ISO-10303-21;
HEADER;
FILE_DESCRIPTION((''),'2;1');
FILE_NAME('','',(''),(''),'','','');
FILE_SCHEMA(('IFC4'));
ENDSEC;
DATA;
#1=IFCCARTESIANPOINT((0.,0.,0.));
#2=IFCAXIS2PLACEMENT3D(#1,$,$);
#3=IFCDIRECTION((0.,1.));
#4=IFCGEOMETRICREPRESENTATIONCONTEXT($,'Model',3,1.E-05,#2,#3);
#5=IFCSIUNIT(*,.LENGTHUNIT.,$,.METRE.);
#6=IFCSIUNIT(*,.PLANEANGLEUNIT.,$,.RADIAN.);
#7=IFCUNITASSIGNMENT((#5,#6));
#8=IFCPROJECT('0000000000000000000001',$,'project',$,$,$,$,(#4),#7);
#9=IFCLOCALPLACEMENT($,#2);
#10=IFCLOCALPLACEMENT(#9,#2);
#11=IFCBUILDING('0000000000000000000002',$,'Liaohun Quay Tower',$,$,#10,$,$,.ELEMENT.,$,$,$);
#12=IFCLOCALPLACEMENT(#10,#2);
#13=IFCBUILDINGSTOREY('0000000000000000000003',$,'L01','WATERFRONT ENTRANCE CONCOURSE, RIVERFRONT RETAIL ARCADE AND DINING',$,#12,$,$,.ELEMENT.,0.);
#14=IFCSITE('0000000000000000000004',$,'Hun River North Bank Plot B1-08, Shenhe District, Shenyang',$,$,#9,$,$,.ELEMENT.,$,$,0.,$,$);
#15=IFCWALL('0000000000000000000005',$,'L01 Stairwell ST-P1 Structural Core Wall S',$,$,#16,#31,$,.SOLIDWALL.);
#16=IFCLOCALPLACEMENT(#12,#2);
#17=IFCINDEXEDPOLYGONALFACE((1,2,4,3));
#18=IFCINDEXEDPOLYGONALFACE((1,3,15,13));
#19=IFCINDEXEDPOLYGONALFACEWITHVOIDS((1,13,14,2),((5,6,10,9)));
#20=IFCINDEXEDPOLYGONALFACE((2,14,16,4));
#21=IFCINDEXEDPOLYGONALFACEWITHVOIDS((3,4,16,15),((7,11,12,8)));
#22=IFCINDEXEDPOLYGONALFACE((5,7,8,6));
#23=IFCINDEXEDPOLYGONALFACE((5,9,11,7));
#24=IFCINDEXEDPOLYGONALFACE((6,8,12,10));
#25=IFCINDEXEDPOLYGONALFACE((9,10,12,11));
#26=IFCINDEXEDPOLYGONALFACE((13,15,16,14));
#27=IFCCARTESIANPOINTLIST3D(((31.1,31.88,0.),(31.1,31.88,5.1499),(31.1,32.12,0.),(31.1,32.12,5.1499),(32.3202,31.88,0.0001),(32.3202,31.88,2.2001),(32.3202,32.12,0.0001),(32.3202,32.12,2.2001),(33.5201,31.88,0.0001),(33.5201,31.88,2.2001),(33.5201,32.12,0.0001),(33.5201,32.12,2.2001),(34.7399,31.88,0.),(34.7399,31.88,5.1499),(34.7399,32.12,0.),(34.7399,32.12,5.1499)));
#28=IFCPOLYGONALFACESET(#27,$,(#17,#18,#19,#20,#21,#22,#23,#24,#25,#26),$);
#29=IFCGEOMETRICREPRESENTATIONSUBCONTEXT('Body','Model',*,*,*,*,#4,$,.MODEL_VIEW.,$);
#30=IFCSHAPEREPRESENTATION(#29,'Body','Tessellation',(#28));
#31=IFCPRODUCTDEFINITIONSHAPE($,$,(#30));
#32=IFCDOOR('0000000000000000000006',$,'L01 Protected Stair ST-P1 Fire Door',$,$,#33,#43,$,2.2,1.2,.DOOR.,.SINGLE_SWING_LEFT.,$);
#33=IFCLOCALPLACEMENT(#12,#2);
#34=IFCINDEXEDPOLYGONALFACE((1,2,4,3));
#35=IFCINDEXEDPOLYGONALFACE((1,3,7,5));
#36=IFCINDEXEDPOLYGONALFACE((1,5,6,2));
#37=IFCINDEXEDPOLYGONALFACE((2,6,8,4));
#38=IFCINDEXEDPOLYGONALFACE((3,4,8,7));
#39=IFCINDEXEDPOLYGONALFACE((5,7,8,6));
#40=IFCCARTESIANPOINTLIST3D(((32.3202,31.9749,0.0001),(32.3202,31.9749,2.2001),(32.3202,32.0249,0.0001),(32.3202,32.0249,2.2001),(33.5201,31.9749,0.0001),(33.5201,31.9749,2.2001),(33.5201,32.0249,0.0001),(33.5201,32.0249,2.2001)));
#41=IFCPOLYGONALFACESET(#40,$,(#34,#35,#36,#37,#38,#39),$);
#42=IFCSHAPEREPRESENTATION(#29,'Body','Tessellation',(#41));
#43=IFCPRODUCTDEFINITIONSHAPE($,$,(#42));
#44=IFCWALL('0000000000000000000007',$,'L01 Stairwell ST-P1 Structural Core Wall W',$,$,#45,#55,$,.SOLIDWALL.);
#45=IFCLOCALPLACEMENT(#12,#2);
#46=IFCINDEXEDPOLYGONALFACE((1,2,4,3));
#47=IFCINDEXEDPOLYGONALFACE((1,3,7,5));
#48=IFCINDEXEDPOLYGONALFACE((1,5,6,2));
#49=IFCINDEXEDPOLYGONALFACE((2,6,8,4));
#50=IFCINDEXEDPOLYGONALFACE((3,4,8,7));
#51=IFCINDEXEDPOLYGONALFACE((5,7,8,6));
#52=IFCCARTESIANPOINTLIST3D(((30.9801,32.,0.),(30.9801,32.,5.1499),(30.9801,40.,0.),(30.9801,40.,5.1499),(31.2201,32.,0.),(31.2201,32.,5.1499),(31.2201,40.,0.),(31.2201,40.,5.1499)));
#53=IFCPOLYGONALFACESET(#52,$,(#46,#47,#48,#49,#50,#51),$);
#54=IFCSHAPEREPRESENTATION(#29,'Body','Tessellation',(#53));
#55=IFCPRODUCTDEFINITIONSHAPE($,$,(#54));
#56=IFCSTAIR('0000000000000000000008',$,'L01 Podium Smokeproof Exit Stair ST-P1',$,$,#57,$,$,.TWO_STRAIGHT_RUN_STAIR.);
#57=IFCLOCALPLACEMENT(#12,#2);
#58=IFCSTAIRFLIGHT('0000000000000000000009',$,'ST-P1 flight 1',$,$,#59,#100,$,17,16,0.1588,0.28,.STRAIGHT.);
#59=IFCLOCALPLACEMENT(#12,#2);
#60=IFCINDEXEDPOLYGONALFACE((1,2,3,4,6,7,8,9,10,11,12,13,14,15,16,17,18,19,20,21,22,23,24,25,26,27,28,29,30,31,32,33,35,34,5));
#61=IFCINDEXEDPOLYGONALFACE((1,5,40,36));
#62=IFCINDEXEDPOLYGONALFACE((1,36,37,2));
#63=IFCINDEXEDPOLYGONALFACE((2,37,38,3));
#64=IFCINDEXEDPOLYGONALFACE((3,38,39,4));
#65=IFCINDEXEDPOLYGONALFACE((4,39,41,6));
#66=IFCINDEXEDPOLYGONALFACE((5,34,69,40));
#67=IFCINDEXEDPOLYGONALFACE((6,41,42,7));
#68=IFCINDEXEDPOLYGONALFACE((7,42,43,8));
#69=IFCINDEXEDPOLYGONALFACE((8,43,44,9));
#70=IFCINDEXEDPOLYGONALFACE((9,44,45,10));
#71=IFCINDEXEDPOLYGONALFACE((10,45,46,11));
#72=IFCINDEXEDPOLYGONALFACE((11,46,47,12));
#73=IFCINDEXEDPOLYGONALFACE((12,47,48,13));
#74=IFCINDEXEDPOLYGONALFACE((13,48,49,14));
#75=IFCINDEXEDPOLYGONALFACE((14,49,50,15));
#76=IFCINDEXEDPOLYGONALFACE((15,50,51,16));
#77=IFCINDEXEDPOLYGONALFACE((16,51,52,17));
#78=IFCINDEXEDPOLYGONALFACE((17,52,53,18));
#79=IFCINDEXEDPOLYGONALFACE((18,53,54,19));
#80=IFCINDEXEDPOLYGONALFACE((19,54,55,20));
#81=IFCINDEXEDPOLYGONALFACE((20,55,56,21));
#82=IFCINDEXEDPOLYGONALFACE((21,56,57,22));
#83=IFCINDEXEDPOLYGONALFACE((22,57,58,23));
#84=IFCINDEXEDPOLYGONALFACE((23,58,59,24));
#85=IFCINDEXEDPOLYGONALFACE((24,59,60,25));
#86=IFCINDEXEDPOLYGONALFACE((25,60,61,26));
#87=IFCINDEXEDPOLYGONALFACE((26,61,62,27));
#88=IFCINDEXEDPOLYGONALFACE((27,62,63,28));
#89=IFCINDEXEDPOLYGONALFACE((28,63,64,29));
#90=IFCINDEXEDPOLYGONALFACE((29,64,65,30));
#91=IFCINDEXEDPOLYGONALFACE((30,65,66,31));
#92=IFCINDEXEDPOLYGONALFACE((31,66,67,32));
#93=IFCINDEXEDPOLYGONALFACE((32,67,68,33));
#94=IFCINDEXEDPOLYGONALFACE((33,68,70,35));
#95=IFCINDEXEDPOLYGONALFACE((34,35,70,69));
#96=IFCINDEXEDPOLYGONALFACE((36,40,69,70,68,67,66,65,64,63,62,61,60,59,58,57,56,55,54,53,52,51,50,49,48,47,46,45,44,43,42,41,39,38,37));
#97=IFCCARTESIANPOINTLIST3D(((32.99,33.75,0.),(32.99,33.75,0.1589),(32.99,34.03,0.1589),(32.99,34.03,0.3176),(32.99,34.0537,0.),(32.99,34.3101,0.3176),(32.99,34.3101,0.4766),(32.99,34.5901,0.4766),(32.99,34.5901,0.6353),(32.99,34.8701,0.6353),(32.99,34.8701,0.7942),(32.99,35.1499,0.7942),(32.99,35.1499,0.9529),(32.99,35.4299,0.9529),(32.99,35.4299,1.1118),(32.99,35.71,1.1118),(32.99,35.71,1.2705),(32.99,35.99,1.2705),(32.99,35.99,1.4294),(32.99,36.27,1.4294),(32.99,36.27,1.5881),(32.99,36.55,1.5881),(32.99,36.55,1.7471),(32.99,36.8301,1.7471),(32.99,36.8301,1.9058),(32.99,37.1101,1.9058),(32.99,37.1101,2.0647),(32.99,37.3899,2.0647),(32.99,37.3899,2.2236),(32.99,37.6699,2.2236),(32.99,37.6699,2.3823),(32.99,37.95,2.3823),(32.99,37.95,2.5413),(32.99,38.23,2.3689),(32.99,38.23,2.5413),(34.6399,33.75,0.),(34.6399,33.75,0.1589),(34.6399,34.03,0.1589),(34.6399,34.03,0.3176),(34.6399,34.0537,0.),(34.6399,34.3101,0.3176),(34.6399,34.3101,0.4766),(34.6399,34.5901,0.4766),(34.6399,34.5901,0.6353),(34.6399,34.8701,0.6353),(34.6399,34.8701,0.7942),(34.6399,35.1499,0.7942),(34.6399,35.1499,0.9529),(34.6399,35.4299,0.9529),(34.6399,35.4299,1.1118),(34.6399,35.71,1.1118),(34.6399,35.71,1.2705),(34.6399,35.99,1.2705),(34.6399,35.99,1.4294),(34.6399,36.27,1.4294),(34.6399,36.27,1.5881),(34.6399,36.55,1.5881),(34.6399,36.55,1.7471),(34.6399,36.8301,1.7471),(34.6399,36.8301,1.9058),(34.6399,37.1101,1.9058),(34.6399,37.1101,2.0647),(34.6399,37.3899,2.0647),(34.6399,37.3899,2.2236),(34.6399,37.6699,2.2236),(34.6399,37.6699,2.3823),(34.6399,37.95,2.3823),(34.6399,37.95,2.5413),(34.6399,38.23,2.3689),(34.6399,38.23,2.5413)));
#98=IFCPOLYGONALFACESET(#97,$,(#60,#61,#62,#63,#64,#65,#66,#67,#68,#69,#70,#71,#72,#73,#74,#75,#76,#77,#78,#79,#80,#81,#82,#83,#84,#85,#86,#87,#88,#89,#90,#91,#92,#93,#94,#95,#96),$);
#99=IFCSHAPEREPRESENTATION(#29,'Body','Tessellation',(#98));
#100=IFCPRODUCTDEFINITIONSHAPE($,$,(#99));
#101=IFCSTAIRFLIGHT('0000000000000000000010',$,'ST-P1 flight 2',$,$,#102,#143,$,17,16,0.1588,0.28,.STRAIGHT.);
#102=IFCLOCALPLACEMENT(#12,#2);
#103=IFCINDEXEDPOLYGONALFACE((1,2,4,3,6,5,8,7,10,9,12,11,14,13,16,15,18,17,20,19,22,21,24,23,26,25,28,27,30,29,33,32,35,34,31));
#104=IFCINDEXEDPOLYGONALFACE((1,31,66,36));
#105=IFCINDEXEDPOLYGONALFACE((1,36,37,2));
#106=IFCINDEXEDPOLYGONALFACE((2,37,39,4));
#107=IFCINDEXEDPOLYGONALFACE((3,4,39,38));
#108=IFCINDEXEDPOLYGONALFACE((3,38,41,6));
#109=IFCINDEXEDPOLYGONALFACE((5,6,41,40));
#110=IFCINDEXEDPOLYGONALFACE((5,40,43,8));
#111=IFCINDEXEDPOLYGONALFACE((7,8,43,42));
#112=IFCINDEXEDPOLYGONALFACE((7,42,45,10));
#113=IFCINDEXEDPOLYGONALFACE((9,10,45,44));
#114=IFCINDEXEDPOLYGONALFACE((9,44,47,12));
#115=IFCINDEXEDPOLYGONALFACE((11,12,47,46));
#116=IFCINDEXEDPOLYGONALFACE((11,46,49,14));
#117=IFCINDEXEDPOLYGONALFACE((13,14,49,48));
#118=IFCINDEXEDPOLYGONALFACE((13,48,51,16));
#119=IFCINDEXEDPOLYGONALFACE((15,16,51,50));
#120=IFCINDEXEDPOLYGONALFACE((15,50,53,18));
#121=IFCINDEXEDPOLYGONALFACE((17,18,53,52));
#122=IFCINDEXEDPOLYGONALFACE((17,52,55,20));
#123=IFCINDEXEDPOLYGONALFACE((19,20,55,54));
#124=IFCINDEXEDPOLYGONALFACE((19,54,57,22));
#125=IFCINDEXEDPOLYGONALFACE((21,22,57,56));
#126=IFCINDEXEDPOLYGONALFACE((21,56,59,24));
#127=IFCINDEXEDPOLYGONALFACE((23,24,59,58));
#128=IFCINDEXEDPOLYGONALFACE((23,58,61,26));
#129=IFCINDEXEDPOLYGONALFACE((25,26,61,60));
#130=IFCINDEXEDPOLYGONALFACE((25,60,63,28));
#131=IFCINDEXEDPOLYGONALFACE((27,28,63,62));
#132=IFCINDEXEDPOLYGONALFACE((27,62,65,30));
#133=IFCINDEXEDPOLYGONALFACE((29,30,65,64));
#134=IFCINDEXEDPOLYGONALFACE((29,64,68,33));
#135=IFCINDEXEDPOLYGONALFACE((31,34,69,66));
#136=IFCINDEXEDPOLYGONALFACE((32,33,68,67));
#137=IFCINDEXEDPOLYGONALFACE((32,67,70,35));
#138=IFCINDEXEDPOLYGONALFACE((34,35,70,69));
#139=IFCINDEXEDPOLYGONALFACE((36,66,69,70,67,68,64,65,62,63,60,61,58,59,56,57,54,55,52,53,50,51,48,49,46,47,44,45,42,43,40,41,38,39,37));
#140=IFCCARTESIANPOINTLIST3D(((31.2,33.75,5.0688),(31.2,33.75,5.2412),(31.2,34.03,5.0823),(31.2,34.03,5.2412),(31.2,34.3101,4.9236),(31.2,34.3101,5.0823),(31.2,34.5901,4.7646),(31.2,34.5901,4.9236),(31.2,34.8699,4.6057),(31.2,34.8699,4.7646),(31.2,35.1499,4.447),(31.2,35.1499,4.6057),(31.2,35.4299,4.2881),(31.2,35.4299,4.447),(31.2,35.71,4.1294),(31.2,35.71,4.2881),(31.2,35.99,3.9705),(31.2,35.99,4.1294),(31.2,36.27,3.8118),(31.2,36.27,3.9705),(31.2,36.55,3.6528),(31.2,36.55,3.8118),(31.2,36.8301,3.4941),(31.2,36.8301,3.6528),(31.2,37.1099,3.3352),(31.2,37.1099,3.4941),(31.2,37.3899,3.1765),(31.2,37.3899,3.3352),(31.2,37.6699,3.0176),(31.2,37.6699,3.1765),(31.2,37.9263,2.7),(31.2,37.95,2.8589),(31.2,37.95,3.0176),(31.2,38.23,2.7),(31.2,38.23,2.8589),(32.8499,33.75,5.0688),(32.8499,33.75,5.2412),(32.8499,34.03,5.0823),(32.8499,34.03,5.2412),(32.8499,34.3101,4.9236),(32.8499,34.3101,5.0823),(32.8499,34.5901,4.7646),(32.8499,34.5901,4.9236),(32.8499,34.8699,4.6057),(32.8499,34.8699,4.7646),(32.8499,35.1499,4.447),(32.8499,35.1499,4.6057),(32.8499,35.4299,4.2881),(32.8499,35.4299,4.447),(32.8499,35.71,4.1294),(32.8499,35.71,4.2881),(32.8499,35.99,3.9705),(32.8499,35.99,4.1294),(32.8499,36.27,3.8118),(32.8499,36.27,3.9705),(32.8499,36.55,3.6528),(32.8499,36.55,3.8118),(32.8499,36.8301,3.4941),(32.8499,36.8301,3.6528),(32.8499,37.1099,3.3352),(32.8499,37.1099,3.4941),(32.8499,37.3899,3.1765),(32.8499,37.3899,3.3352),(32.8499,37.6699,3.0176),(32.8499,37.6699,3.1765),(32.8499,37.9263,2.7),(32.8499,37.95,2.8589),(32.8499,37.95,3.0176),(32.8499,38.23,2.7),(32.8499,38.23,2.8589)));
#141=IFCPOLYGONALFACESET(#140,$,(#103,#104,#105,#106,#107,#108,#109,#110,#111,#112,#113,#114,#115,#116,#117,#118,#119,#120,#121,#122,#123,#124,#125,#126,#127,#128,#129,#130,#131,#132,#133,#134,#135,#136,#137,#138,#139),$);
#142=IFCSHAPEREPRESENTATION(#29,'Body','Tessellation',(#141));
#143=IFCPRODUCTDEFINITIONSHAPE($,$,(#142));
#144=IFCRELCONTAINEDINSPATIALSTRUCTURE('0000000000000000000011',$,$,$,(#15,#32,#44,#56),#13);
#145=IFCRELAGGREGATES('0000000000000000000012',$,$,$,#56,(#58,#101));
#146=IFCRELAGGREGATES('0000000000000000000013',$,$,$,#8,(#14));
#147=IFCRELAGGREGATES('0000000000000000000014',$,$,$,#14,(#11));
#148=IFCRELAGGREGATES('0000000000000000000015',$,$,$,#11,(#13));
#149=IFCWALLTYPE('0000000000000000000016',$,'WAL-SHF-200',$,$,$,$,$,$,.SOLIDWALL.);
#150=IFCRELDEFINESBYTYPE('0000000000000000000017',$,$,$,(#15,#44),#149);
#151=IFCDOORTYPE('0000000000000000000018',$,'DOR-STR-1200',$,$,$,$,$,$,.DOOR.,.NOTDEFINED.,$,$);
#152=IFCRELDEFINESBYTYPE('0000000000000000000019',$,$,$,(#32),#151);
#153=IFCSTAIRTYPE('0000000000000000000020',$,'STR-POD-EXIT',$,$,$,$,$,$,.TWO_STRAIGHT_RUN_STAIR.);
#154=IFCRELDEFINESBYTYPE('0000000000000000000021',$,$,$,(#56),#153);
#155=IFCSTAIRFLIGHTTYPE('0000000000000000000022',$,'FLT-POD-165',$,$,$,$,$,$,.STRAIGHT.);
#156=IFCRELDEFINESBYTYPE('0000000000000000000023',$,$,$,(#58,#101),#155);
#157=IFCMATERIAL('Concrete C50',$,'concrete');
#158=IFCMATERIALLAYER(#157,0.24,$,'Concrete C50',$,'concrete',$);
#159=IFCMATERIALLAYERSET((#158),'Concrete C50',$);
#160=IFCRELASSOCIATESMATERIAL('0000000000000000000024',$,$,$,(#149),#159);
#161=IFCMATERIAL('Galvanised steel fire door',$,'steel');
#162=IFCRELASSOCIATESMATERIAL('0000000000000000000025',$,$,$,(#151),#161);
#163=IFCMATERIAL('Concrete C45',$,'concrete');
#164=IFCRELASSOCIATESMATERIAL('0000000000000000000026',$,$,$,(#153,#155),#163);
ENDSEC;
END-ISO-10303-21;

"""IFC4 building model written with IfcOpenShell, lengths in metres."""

from ifc_helpers import new_model, si_unit, direction, frame, frame_2d, origin, place, context, subcontext, project, spatial, polyline, rectangle, outline, extrude, source, transform, mapped, material, layer, layer_set, type_object, element, fill, aggregate, save


model = new_model("IFC4")

# Units and contexts
model_context = context("Model", 3, precision=1e-05, world=origin(), true_north=direction((0.0, 1.0)))
body_context = subcontext(model_context, "Body", "Model", "MODEL_VIEW")
ifc_project = project(units=[si_unit("LENGTHUNIT", "METRE"), si_unit("PLANEANGLEUNIT", "RADIAN")], contexts=[model_context])

# Site, building, storey
site_placement = place(None, origin())
site = spatial("IfcSite", under=ifc_project, at=site_placement, Name="Hun River North Bank Plot B1-08, Shenhe District, Shenyang", CompositionType="ELEMENT", RefElevation=0.0)
building_placement = place(site_placement, origin())
building = spatial("IfcBuilding", under=site, at=building_placement, Name="Liaohun Quay Tower", CompositionType="ELEMENT")
storey_placement = place(building_placement, origin())
storey = spatial("IfcBuildingStorey", under=building, at=storey_placement, Name="L01", Description="WATERFRONT ENTRANCE CONCOURSE, RIVERFRONT RETAIL ARCADE AND DINING", CompositionType="ELEMENT", Elevation=0.0)

# Wall, opening, door
ifc_material_1 = material(Name="Concrete C50", Category="concrete")
ifc_layer_1 = layer(ifc_material_1, 0.24, Name="Concrete C50", Category="concrete")
ifc_layer_set_1 = layer_set([ifc_layer_1], Name="Concrete C50")
wall_type_1 = type_object("IfcWallType", Name="WAL-SHF-200", PredefinedType="SOLIDWALL", material=ifc_layer_set_1)
wall_1_placement = place(storey_placement, frame((31.1001, 32.0, 0.0), z_axis=(0.0, 0.0, 1.0), x_axis=(1.0, 0.0, 0.0)))
wall_1 = element("IfcWall", 1, at=wall_1_placement, inside=storey, type_object=wall_type_1, Name="L01 Stairwell ST-P1 Structural Core Wall S", PredefinedType="SOLIDWALL", context=body_context, shape_type="SweptSolid", body=[
    extrude(rectangle(XDim=3.6399, YDim=0.24, at=frame_2d((1.8198, 0.0))), origin(), (0.0, 0.0, 1.0), 5.1499),
])
shared_shape_1 = source(origin(), body_context, "Body", "SweptSolid", [
    extrude(rectangle(XDim=1.2, YDim=2.2, at=frame_2d((0.6001, 1.1001))), frame((0.0, 0.1299, 0.0), z_axis=(0.0, -1.0, 0.0), x_axis=(1.0, 0.0, 0.0)), (0.0, 0.0, 1.0), 0.26),
])
opening_placement = place(wall_1_placement, frame((1.22, 0.0, 0.0)))
opening = element("IfcOpeningElement", 2, at=opening_placement, cuts=wall_1, PredefinedType="OPENING", context=body_context, shape_type="MappedRepresentation", body=[
    mapped(shared_shape_1, transform((0.0, 0.0, 0.0), x_axis=(1.0, 0.0, 0.0), y_axis=(0.0, 1.0, 0.0), z_axis=(0.0, 0.0, 1.0), scale=1.0)),
])
ifc_material_2 = material(Name="Galvanised steel fire door", Category="steel")
door_type = type_object("IfcDoorType", Name="DOR-STR-1200", OperationType="NOTDEFINED", PredefinedType="DOOR", material=ifc_material_2)
shared_shape_2 = source(origin(), body_context, "Body", "SweptSolid", [
    extrude(rectangle(XDim=1.2, YDim=2.2, at=frame_2d((0.6001, 1.1001))), frame((0.0, 0.0249, 0.0), z_axis=(0.0, -1.0, 0.0), x_axis=(1.0, 0.0, 0.0)), (0.0, 0.0, 1.0), 0.05),
])
door_placement = place(opening_placement, origin())
door = element("IfcDoor", 3, at=door_placement, inside=storey, type_object=door_type, Name="L01 Protected Stair ST-P1 Fire Door", OperationType="SINGLE_SWING_LEFT", OverallHeight=2.2, OverallWidth=1.2, PredefinedType="DOOR", context=body_context, shape_type="MappedRepresentation", body=[
    mapped(shared_shape_2, transform((0.0, 0.0, 0.0), x_axis=(1.0, 0.0, 0.0), y_axis=(0.0, 1.0, 0.0), z_axis=(0.0, 0.0, 1.0), scale=1.0)),
])
fill(opening, door)

# Wall
wall_2_placement = place(storey_placement, frame((31.1001, 40.0, 0.0), z_axis=(0.0, 0.0, 1.0), x_axis=(0.0, -1.0, 0.0)))
element("IfcWall", 4, at=wall_2_placement, inside=storey, type_object=wall_type_1, Name="L01 Stairwell ST-P1 Structural Core Wall W", PredefinedType="SOLIDWALL", context=body_context, shape_type="SweptSolid", body=[
    extrude(rectangle(XDim=8.0, YDim=0.24, at=frame_2d((4.0, 0.0))), origin(), (0.0, 0.0, 1.0), 5.1499),
])

# Stair, stair flights
ifc_material_3 = material(Name="Concrete C45", Category="concrete")
stair_type = type_object("IfcStairType", Name="STR-POD-EXIT", PredefinedType="TWO_STRAIGHT_RUN_STAIR", material=ifc_material_3)
stair_placement = place(storey_placement, origin())
stair = element("IfcStair", 5, at=stair_placement, inside=storey, type_object=stair_type, Name="L01 Podium Smokeproof Exit Stair ST-P1", PredefinedType="TWO_STRAIGHT_RUN_STAIR")
stair_flight_type = type_object("IfcStairFlightType", Name="FLT-POD-165", PredefinedType="STRAIGHT", material=ifc_material_3)
stair_flight_1_placement = place(storey_placement, frame((33.8149, 33.75, 0.0), z_axis=(0.0, 0.0, 1.0), x_axis=(0.0, 1.0, 0.0)))
stair_flight_1 = element("IfcStairFlight", 6, at=stair_flight_1_placement, type_object=stair_flight_type, Name="ST-P1 flight 1", NumberOfRisers=17, NumberOfTreads=16, PredefinedType="STRAIGHT", RiserHeight=0.1588, TreadLength=0.28, context=body_context, shape_type="SweptSolid", body=[
    extrude(outline(polyline([(0.0, 0.0), (0.0, 0.1589), (0.28, 0.1589), (0.28, 0.3176), (0.5601, 0.3176), (0.5601, 0.4766), (0.8401, 0.4766), (0.8401, 0.6353), (1.1201, 0.6353), (1.1201, 0.7942), (1.3999, 0.7942), (1.3999, 0.9529), (1.6799, 0.9529), (1.6799, 1.1118), (1.96, 1.1118), (1.96, 1.2705), (2.24, 1.2705), (2.24, 1.4294), (2.52, 1.4294), (2.52, 1.5881), (2.8, 1.5881), (2.8, 1.7471), (3.0801, 1.7471), (3.0801, 1.9058), (3.3601, 1.9058), (3.3601, 2.0647), (3.6399, 2.0647), (3.6399, 2.2236), (3.9199, 2.2236), (3.9199, 2.3823), (4.2, 2.3823), (4.2, 2.5413), (4.48, 2.5413), (4.48, 2.7), (4.48, 2.3689), (0.3037, 0.0), (0.0, 0.0)])), frame((0.0, 0.825, 0.0), z_axis=(0.0, -1.0, 0.0), x_axis=(1.0, 0.0, 0.0)), (0.0, 0.0, 1.0), 1.6499),
])
stair_flight_2_placement = place(storey_placement, frame((32.0249, 38.23, 2.7), z_axis=(0.0, 0.0, 1.0), x_axis=(0.0, -1.0, 0.0)))
stair_flight_2 = element("IfcStairFlight", 7, at=stair_flight_2_placement, type_object=stair_flight_type, Name="ST-P1 flight 2", NumberOfRisers=17, NumberOfTreads=16, PredefinedType="STRAIGHT", RiserHeight=0.1588, TreadLength=0.28, context=body_context, shape_type="SweptSolid", body=[
    extrude(outline(polyline([(0.0, 0.0), (0.0, 0.1589), (0.28, 0.1589), (0.28, 0.3176), (0.5601, 0.3176), (0.5601, 0.4766), (0.8401, 0.4766), (0.8401, 0.6353), (1.1201, 0.6353), (1.1201, 0.7942), (1.3999, 0.7942), (1.3999, 0.9529), (1.6799, 0.9529), (1.6799, 1.1118), (1.96, 1.1118), (1.96, 1.2705), (2.24, 1.2705), (2.24, 1.4294), (2.52, 1.4294), (2.52, 1.5881), (2.8, 1.5881), (2.8, 1.7471), (3.0801, 1.7471), (3.0801, 1.9058), (3.3601, 1.9058), (3.3601, 2.0647), (3.6399, 2.0647), (3.6399, 2.2236), (3.9199, 2.2236), (3.9199, 2.3823), (4.2, 2.3823), (4.2, 2.5413), (4.48, 2.5413), (4.48, 2.7), (4.48, 2.3689), (0.3037, 0.0), (0.0, 0.0)])), frame((0.0, 0.825, 0.0), z_axis=(0.0, -1.0, 0.0), x_axis=(1.0, 0.0, 0.0)), (0.0, 0.0, 1.0), 1.6499),
])
aggregate(stair, [stair_flight_1, stair_flight_2])

save(model, "model.ifc")
